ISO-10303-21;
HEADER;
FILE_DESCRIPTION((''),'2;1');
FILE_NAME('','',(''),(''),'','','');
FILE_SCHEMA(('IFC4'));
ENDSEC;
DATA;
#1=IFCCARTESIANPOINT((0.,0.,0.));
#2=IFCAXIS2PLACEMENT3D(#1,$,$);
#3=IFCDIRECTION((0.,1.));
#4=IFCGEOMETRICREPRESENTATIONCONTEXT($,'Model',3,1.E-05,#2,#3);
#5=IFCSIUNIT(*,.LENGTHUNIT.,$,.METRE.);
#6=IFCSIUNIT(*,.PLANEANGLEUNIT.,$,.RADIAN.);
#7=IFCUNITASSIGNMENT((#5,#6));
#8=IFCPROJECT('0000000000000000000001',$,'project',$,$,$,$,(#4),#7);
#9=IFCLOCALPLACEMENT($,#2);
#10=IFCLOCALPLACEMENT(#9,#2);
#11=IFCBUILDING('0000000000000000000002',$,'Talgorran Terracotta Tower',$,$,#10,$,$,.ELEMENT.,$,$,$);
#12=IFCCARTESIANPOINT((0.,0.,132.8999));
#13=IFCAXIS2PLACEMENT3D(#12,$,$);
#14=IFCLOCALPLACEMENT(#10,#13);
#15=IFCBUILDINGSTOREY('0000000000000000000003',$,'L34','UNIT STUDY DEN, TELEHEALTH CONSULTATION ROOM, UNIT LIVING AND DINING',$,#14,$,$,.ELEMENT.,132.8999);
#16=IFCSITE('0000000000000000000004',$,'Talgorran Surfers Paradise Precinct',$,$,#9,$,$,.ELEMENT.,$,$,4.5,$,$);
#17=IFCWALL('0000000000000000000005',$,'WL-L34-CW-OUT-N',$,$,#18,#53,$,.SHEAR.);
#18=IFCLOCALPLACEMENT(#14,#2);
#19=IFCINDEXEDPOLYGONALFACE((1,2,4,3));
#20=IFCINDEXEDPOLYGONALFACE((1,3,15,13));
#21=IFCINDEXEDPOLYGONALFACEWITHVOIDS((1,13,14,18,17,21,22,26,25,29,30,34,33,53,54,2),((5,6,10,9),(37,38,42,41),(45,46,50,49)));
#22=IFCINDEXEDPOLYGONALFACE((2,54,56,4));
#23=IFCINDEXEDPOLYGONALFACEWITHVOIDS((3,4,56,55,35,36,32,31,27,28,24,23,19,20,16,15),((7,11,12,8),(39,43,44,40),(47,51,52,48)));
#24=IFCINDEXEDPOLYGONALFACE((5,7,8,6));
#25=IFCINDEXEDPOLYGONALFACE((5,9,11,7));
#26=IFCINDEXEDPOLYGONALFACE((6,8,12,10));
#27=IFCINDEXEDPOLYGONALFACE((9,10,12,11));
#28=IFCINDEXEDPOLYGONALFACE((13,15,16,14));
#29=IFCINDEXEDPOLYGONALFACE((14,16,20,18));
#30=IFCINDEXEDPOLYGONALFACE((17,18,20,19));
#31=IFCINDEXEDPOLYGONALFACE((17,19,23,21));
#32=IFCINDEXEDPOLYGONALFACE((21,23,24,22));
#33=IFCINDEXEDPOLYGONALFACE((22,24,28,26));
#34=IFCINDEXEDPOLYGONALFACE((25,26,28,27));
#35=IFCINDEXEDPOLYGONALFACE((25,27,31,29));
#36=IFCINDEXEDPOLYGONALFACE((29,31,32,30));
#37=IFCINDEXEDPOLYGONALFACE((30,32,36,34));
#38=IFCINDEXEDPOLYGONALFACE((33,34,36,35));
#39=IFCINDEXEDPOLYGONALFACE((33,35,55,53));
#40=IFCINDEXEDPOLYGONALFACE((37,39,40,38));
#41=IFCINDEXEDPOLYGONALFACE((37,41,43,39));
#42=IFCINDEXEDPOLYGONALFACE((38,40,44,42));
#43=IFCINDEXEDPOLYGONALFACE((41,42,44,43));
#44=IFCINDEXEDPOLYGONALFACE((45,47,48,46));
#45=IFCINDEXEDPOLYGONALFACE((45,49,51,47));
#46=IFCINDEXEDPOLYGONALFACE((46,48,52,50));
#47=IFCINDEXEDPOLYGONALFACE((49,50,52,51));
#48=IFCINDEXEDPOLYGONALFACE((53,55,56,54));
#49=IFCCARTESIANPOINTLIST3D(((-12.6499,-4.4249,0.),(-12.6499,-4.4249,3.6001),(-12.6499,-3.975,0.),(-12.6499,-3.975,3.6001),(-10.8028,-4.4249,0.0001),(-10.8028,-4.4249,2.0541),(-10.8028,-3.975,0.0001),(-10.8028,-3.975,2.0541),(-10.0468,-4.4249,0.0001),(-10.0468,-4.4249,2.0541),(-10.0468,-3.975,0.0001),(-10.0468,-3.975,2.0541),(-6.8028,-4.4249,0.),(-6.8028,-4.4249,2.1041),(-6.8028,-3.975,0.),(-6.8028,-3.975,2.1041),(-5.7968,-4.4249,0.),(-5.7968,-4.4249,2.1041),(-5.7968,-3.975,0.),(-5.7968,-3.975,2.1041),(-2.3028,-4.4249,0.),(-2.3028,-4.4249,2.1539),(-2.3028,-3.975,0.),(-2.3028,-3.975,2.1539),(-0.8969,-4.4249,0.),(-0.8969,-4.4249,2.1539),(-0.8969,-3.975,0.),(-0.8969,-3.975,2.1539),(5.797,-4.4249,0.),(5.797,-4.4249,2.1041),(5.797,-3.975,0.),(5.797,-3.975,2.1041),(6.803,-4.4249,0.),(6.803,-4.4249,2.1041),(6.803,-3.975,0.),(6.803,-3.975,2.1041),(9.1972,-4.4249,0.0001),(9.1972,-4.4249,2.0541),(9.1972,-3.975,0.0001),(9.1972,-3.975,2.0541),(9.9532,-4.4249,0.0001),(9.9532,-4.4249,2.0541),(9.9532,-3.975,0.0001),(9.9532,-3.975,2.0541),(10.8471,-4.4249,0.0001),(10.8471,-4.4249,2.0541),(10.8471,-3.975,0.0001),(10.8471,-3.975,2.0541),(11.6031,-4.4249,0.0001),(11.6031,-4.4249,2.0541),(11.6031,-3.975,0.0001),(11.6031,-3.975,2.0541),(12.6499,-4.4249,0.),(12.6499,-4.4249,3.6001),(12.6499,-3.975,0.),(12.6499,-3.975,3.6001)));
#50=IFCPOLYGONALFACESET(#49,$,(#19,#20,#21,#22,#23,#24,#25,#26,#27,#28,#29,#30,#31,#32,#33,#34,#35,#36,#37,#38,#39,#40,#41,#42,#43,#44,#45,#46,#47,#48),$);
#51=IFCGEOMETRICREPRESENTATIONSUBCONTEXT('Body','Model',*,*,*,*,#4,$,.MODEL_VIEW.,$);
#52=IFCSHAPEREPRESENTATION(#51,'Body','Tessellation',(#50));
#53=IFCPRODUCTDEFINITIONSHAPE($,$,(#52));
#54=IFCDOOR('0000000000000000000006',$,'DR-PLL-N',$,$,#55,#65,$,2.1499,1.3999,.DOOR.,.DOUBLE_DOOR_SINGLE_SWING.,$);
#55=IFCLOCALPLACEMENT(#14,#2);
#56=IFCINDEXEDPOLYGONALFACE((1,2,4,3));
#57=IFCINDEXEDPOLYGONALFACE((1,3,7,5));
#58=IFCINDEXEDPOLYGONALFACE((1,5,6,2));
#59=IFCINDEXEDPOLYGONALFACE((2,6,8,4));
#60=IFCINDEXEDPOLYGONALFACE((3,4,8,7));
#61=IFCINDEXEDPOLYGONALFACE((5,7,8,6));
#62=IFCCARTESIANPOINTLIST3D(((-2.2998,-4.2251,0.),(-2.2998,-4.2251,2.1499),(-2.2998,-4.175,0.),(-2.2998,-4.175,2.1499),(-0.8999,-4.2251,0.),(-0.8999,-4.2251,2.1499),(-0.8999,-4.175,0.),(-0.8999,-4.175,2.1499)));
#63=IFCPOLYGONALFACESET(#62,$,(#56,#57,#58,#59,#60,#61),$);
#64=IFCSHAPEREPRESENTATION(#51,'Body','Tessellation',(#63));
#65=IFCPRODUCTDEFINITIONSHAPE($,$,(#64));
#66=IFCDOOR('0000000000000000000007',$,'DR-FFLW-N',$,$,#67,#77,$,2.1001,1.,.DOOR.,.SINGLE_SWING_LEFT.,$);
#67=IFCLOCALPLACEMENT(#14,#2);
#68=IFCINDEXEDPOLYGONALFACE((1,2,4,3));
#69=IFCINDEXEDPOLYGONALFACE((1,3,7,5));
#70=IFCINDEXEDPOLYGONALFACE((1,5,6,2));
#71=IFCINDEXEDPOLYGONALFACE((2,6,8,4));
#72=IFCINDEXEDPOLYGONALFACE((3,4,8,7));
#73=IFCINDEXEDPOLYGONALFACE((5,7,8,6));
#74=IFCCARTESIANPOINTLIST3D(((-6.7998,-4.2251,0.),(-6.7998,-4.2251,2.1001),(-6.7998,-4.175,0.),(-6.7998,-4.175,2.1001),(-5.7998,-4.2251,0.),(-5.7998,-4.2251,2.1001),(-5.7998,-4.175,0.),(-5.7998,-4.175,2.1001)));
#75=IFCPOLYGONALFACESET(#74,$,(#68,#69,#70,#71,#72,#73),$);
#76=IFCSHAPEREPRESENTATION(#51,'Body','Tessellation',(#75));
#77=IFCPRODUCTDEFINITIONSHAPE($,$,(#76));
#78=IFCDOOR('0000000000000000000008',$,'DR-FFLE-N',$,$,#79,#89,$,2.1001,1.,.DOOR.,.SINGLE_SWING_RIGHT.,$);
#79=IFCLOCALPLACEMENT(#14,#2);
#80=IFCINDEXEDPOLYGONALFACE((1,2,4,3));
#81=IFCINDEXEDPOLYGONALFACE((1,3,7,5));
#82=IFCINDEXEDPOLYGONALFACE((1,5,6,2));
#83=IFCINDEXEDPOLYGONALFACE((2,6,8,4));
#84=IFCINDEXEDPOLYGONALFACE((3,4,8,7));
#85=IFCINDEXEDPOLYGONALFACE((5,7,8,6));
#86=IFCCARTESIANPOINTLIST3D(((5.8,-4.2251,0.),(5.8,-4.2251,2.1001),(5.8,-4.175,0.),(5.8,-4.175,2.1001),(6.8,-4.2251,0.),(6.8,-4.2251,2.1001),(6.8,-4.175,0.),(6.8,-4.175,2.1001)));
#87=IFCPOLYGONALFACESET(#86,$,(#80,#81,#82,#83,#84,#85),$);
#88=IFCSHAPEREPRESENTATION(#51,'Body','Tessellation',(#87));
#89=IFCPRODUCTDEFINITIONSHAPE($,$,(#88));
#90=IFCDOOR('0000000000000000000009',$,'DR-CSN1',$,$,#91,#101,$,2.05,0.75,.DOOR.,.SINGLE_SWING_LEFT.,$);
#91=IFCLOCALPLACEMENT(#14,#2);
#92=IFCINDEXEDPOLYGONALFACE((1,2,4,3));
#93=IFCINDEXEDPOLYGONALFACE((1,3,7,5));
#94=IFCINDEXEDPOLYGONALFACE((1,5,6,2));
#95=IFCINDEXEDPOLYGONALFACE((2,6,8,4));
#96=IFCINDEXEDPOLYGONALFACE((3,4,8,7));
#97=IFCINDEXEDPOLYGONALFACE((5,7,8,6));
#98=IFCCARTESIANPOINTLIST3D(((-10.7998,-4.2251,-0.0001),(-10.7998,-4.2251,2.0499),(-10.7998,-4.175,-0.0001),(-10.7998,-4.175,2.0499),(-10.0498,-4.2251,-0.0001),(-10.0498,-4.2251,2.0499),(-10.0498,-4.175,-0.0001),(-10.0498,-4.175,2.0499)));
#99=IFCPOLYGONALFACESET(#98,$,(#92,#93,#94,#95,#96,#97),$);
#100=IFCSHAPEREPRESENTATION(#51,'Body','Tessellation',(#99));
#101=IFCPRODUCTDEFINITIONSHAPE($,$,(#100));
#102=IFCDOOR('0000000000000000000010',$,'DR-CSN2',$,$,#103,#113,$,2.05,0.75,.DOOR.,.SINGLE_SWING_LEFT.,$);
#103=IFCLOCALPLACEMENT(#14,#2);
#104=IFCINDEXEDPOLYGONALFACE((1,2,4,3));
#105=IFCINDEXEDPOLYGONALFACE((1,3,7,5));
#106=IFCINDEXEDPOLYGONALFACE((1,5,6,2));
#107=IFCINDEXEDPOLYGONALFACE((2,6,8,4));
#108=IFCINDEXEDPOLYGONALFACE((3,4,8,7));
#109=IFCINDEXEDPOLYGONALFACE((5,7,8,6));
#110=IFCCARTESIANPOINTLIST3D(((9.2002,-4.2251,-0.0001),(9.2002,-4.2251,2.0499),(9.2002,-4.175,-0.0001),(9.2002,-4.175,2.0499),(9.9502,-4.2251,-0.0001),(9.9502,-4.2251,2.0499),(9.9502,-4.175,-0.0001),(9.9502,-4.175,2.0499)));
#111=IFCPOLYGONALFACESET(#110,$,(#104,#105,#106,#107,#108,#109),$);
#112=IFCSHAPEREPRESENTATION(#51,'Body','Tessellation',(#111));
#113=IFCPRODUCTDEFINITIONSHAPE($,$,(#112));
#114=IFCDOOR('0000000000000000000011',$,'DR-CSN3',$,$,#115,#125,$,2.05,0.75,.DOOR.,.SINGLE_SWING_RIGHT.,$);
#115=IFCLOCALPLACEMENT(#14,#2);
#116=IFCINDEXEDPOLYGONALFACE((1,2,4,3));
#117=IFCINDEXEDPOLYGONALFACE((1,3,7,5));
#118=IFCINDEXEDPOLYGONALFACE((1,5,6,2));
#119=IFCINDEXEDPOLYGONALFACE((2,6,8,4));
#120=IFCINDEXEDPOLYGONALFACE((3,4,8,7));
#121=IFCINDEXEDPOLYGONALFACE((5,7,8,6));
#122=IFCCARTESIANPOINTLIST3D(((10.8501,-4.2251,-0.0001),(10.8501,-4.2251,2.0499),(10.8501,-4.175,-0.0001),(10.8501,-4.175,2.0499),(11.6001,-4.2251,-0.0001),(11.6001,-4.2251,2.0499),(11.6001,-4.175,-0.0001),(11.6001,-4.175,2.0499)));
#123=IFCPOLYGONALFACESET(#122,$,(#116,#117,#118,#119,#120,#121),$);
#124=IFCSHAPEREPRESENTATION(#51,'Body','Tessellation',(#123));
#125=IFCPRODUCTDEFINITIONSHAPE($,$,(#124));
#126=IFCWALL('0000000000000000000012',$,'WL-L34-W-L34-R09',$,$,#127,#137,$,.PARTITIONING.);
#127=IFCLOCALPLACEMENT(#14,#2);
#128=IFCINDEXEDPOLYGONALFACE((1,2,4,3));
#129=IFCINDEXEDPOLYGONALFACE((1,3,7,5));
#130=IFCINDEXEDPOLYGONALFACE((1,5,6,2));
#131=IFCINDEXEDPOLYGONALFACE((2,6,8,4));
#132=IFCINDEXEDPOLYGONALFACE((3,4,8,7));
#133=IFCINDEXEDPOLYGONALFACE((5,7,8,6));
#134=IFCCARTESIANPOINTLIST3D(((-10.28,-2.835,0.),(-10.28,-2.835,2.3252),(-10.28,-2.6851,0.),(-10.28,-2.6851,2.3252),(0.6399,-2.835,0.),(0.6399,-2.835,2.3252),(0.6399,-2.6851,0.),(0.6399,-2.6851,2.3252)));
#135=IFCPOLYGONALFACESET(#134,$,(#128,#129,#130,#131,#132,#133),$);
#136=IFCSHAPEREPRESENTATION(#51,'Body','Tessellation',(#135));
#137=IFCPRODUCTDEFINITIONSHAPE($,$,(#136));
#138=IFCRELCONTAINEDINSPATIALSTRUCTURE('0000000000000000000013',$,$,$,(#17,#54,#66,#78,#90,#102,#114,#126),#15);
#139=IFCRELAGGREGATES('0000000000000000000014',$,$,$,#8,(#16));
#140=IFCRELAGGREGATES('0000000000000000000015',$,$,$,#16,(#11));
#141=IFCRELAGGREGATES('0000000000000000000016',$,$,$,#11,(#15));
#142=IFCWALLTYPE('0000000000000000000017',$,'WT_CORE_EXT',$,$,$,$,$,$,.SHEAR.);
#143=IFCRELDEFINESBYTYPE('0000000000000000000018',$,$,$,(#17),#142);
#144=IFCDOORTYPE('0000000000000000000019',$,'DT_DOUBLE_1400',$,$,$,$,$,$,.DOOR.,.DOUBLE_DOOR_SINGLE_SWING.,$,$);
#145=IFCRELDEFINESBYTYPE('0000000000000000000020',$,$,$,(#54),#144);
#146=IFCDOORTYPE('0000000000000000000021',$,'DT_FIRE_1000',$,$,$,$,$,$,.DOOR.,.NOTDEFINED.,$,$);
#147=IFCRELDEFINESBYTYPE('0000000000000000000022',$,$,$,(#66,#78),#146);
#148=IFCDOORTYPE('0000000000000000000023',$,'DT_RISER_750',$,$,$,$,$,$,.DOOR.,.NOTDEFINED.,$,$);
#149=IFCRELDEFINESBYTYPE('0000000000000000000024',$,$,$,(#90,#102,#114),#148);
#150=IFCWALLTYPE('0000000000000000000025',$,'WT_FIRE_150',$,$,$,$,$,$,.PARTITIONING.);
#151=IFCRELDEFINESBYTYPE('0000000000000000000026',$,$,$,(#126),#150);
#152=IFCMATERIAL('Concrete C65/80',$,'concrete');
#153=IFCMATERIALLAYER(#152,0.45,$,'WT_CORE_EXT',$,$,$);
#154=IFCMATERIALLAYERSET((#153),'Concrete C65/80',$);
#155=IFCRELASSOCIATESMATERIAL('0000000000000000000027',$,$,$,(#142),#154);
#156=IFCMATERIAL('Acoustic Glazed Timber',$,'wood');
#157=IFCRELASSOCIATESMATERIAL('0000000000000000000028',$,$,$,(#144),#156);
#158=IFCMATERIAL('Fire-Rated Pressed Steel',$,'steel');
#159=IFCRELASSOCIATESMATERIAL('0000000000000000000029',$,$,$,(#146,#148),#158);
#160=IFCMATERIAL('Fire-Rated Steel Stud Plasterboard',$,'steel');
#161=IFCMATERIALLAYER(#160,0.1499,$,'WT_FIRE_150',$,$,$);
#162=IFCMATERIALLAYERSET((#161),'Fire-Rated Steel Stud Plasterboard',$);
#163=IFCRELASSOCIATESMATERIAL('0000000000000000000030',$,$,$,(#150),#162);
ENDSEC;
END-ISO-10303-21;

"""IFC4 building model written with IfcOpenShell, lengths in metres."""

from ifc_helpers import new_model, si_unit, direction, frame, frame_2d, origin, place, context, subcontext, project, spatial, rectangle, extrude, material, layer, layer_set, type_object, element, fill, save


model = new_model("IFC4")

# Units and contexts
model_context = context("Model", 3, precision=1e-05, world=origin(), true_north=direction((0.0, 1.0)))
body_context = subcontext(model_context, "Body", "Model", "MODEL_VIEW")
ifc_project = project(units=[si_unit("LENGTHUNIT", "METRE"), si_unit("PLANEANGLEUNIT", "RADIAN")], contexts=[model_context])

# Site, building, storey
site_placement = place(None, origin())
site = spatial("IfcSite", under=ifc_project, at=site_placement, Name="Talgorran Surfers Paradise Precinct", CompositionType="ELEMENT", RefElevation=4.5)
building_placement = place(site_placement, origin())
building = spatial("IfcBuilding", under=site, at=building_placement, Name="Talgorran Terracotta Tower", CompositionType="ELEMENT")
storey_placement = place(building_placement, frame((0.0, 0.0, 132.8999)))
storey = spatial("IfcBuildingStorey", under=building, at=storey_placement, Name="L34", Description="UNIT STUDY DEN, TELEHEALTH CONSULTATION ROOM, UNIT LIVING AND DINING", CompositionType="ELEMENT", Elevation=132.8999)

# Wall, openings, doors
ifc_material_1 = material(Name="Concrete C65/80", Category="concrete")
ifc_layer_1 = layer(ifc_material_1, 0.45, Name="WT_CORE_EXT")
ifc_layer_set_1 = layer_set([ifc_layer_1], Name="Concrete C65/80")
wall_type_1 = type_object("IfcWallType", Name="WT_CORE_EXT", PredefinedType="SHEAR", material=ifc_layer_set_1)
wall_1_placement = place(storey_placement, frame((-12.6499, -4.2, 0.0), z_axis=(0.0, 0.0, 1.0), x_axis=(1.0, 0.0, 0.0)))
wall_1 = element("IfcWall", 1, at=wall_1_placement, inside=storey, type_object=wall_type_1, Name="WL-L34-CW-OUT-N", PredefinedType="SHEAR", context=body_context, shape_type="SweptSolid", body=[
    extrude(rectangle(XDim=25.2998, YDim=0.45, at=frame_2d((12.6499, 0.0))), origin(), (0.0, 0.0, 1.0), 3.6001),
])
opening_1_placement = place(wall_1_placement, frame((1.8501, 0.0, 0.0)))
opening_1 = element("IfcOpeningElement", 2, at=opening_1_placement, cuts=wall_1, PredefinedType="OPENING", context=body_context, shape_type="SweptSolid", body=[
    extrude(rectangle(XDim=0.756, YDim=2.054, at=frame_2d((0.375, 1.0271))), frame((0.0, 0.2349, 0.0), z_axis=(0.0, -1.0, 0.0), x_axis=(1.0, 0.0, 0.0)), (0.0, 0.0, 1.0), 0.47),
])
opening_2_placement = place(wall_1_placement, frame((21.8501, 0.0, 0.0)))
opening_2 = element("IfcOpeningElement", 3, at=opening_2_placement, cuts=wall_1, PredefinedType="OPENING", context=body_context, shape_type="SweptSolid", body=[
    extrude(rectangle(XDim=0.756, YDim=2.054, at=frame_2d((0.375, 1.0271))), frame((0.0, 0.2349, 0.0), z_axis=(0.0, -1.0, 0.0), x_axis=(1.0, 0.0, 0.0)), (0.0, 0.0, 1.0), 0.47),
])
opening_3_placement = place(wall_1_placement, frame((23.5, 0.0, 0.0)))
opening_3 = element("IfcOpeningElement", 4, at=opening_3_placement, cuts=wall_1, PredefinedType="OPENING", context=body_context, shape_type="SweptSolid", body=[
    extrude(rectangle(XDim=0.756, YDim=2.054, at=frame_2d((0.375, 1.0271))), frame((0.0, 0.2349, 0.0), z_axis=(0.0, -1.0, 0.0), x_axis=(1.0, 0.0, 0.0)), (0.0, 0.0, 1.0), 0.47),
])
opening_4_placement = place(wall_1_placement, frame((5.8501, 0.0, 0.0)))
opening_4 = element("IfcOpeningElement", 5, at=opening_4_placement, cuts=wall_1, PredefinedType="OPENING", context=body_context, shape_type="SweptSolid", body=[
    extrude(rectangle(XDim=1.006, YDim=2.1041, at=frame_2d((0.5, 1.052))), frame((0.0, 0.2349, 0.0), z_axis=(0.0, -1.0, 0.0), x_axis=(1.0, 0.0, 0.0)), (0.0, 0.0, 1.0), 0.47),
])
opening_5_placement = place(wall_1_placement, frame((10.3501, 0.0, 0.0)))
opening_5 = element("IfcOpeningElement", 6, at=opening_5_placement, cuts=wall_1, PredefinedType="OPENING", context=body_context, shape_type="SweptSolid", body=[
    extrude(rectangle(XDim=1.4059, YDim=2.1539, at=frame_2d((0.7, 1.0769))), frame((0.0, 0.2349, 0.0), z_axis=(0.0, -1.0, 0.0), x_axis=(1.0, 0.0, 0.0)), (0.0, 0.0, 1.0), 0.47),
])
opening_6_placement = place(wall_1_placement, frame((18.45, 0.0, 0.0)))
opening_6 = element("IfcOpeningElement", 7, at=opening_6_placement, cuts=wall_1, PredefinedType="OPENING", context=body_context, shape_type="SweptSolid", body=[
    extrude(rectangle(XDim=1.006, YDim=2.1041, at=frame_2d((0.5, 1.052))), frame((0.0, 0.2349, 0.0), z_axis=(0.0, -1.0, 0.0), x_axis=(1.0, 0.0, 0.0)), (0.0, 0.0, 1.0), 0.47),
])
ifc_material_2 = material(Name="Acoustic Glazed Timber", Category="wood")
door_type_1 = type_object("IfcDoorType", Name="DT_DOUBLE_1400", OperationType="DOUBLE_DOOR_SINGLE_SWING", PredefinedType="DOOR", material=ifc_material_2)
door_1_placement = place(opening_5_placement, origin())
door_1 = element("IfcDoor", 8, at=door_1_placement, inside=storey, type_object=door_type_1, Name="DR-PLL-N", OperationType="DOUBLE_DOOR_SINGLE_SWING", OverallHeight=2.1499, OverallWidth=1.3999, PredefinedType="DOOR", context=body_context, shape_type="SweptSolid", body=[
    extrude(rectangle(XDim=1.3999, YDim=2.1499, at=frame_2d((0.7, 1.075))), frame((0.0, 0.0249, 0.0), z_axis=(0.0, -1.0, 0.0), x_axis=(1.0, 0.0, 0.0)), (0.0, 0.0, 1.0), 0.05),
])
fill(opening_5, door_1)
ifc_material_3 = material(Name="Fire-Rated Pressed Steel", Category="steel")
door_type_2 = type_object("IfcDoorType", Name="DT_FIRE_1000", OperationType="NOTDEFINED", PredefinedType="DOOR", material=ifc_material_3)
door_2_placement = place(opening_4_placement, origin())
door_2 = element("IfcDoor", 9, at=door_2_placement, inside=storey, type_object=door_type_2, Name="DR-FFLW-N", OperationType="SINGLE_SWING_LEFT", OverallHeight=2.1001, OverallWidth=1.0, PredefinedType="DOOR", context=body_context, shape_type="SweptSolid", body=[
    extrude(rectangle(XDim=1.0, YDim=2.1001, at=frame_2d((0.5, 1.05))), frame((0.0, 0.0249, 0.0), z_axis=(0.0, -1.0, 0.0), x_axis=(1.0, 0.0, 0.0)), (0.0, 0.0, 1.0), 0.05),
])
fill(opening_4, door_2)
door_3_placement = place(opening_6_placement, origin())
door_3 = element("IfcDoor", 10, at=door_3_placement, inside=storey, type_object=door_type_2, Name="DR-FFLE-N", OperationType="SINGLE_SWING_RIGHT", OverallHeight=2.1001, OverallWidth=1.0, PredefinedType="DOOR", context=body_context, shape_type="SweptSolid", body=[
    extrude(rectangle(XDim=1.0, YDim=2.1001, at=frame_2d((0.5, 1.05))), frame((0.0, 0.0249, 0.0), z_axis=(0.0, -1.0, 0.0), x_axis=(1.0, 0.0, 0.0)), (0.0, 0.0, 1.0), 0.05),
])
fill(opening_6, door_3)
door_type_3 = type_object("IfcDoorType", Name="DT_RISER_750", OperationType="NOTDEFINED", PredefinedType="DOOR", material=ifc_material_3)
door_4_placement = place(opening_1_placement, origin())
door_4 = element("IfcDoor", 11, at=door_4_placement, inside=storey, type_object=door_type_3, Name="DR-CSN1", OperationType="SINGLE_SWING_LEFT", OverallHeight=2.05, OverallWidth=0.75, PredefinedType="DOOR", context=body_context, shape_type="SweptSolid", body=[
    extrude(rectangle(XDim=0.75, YDim=2.05, at=frame_2d((0.375, 1.0249))), frame((0.0, 0.0249, 0.0), z_axis=(0.0, -1.0, 0.0), x_axis=(1.0, 0.0, 0.0)), (0.0, 0.0, 1.0), 0.05),
])
fill(opening_1, door_4)
door_5_placement = place(opening_2_placement, origin())
door_5 = element("IfcDoor", 12, at=door_5_placement, inside=storey, type_object=door_type_3, Name="DR-CSN2", OperationType="SINGLE_SWING_LEFT", OverallHeight=2.05, OverallWidth=0.75, PredefinedType="DOOR", context=body_context, shape_type="SweptSolid", body=[
    extrude(rectangle(XDim=0.75, YDim=2.05, at=frame_2d((0.375, 1.0249))), frame((0.0, 0.0249, 0.0), z_axis=(0.0, -1.0, 0.0), x_axis=(1.0, 0.0, 0.0)), (0.0, 0.0, 1.0), 0.05),
])
fill(opening_2, door_5)
door_6_placement = place(opening_3_placement, origin())
door_6 = element("IfcDoor", 13, at=door_6_placement, inside=storey, type_object=door_type_3, Name="DR-CSN3", OperationType="SINGLE_SWING_RIGHT", OverallHeight=2.05, OverallWidth=0.75, PredefinedType="DOOR", context=body_context, shape_type="SweptSolid", body=[
    extrude(rectangle(XDim=0.75, YDim=2.05, at=frame_2d((0.375, 1.0249))), frame((0.0, 0.0249, 0.0), z_axis=(0.0, -1.0, 0.0), x_axis=(1.0, 0.0, 0.0)), (0.0, 0.0, 1.0), 0.05),
])
fill(opening_3, door_6)

# Wall
ifc_material_4 = material(Name="Fire-Rated Steel Stud Plasterboard", Category="steel")
ifc_layer_2 = layer(ifc_material_4, 0.1499, Name="WT_FIRE_150")
ifc_layer_set_2 = layer_set([ifc_layer_2], Name="Fire-Rated Steel Stud Plasterboard")
wall_type_2 = type_object("IfcWallType", Name="WT_FIRE_150", PredefinedType="PARTITIONING", material=ifc_layer_set_2)
wall_2_placement = place(storey_placement, frame((-10.28, -2.76, 0.0), z_axis=(0.0, 0.0, 1.0), x_axis=(1.0, 0.0, 0.0)))
element("IfcWall", 14, at=wall_2_placement, inside=storey, type_object=wall_type_2, Name="WL-L34-W-L34-R09", PredefinedType="PARTITIONING", context=body_context, shape_type="SweptSolid", body=[
    extrude(rectangle(XDim=10.9199, YDim=0.1499, at=frame_2d((5.46, 0.0))), origin(), (0.0, 0.0, 1.0), 2.3252),
])

save(model, "model.ifc")
